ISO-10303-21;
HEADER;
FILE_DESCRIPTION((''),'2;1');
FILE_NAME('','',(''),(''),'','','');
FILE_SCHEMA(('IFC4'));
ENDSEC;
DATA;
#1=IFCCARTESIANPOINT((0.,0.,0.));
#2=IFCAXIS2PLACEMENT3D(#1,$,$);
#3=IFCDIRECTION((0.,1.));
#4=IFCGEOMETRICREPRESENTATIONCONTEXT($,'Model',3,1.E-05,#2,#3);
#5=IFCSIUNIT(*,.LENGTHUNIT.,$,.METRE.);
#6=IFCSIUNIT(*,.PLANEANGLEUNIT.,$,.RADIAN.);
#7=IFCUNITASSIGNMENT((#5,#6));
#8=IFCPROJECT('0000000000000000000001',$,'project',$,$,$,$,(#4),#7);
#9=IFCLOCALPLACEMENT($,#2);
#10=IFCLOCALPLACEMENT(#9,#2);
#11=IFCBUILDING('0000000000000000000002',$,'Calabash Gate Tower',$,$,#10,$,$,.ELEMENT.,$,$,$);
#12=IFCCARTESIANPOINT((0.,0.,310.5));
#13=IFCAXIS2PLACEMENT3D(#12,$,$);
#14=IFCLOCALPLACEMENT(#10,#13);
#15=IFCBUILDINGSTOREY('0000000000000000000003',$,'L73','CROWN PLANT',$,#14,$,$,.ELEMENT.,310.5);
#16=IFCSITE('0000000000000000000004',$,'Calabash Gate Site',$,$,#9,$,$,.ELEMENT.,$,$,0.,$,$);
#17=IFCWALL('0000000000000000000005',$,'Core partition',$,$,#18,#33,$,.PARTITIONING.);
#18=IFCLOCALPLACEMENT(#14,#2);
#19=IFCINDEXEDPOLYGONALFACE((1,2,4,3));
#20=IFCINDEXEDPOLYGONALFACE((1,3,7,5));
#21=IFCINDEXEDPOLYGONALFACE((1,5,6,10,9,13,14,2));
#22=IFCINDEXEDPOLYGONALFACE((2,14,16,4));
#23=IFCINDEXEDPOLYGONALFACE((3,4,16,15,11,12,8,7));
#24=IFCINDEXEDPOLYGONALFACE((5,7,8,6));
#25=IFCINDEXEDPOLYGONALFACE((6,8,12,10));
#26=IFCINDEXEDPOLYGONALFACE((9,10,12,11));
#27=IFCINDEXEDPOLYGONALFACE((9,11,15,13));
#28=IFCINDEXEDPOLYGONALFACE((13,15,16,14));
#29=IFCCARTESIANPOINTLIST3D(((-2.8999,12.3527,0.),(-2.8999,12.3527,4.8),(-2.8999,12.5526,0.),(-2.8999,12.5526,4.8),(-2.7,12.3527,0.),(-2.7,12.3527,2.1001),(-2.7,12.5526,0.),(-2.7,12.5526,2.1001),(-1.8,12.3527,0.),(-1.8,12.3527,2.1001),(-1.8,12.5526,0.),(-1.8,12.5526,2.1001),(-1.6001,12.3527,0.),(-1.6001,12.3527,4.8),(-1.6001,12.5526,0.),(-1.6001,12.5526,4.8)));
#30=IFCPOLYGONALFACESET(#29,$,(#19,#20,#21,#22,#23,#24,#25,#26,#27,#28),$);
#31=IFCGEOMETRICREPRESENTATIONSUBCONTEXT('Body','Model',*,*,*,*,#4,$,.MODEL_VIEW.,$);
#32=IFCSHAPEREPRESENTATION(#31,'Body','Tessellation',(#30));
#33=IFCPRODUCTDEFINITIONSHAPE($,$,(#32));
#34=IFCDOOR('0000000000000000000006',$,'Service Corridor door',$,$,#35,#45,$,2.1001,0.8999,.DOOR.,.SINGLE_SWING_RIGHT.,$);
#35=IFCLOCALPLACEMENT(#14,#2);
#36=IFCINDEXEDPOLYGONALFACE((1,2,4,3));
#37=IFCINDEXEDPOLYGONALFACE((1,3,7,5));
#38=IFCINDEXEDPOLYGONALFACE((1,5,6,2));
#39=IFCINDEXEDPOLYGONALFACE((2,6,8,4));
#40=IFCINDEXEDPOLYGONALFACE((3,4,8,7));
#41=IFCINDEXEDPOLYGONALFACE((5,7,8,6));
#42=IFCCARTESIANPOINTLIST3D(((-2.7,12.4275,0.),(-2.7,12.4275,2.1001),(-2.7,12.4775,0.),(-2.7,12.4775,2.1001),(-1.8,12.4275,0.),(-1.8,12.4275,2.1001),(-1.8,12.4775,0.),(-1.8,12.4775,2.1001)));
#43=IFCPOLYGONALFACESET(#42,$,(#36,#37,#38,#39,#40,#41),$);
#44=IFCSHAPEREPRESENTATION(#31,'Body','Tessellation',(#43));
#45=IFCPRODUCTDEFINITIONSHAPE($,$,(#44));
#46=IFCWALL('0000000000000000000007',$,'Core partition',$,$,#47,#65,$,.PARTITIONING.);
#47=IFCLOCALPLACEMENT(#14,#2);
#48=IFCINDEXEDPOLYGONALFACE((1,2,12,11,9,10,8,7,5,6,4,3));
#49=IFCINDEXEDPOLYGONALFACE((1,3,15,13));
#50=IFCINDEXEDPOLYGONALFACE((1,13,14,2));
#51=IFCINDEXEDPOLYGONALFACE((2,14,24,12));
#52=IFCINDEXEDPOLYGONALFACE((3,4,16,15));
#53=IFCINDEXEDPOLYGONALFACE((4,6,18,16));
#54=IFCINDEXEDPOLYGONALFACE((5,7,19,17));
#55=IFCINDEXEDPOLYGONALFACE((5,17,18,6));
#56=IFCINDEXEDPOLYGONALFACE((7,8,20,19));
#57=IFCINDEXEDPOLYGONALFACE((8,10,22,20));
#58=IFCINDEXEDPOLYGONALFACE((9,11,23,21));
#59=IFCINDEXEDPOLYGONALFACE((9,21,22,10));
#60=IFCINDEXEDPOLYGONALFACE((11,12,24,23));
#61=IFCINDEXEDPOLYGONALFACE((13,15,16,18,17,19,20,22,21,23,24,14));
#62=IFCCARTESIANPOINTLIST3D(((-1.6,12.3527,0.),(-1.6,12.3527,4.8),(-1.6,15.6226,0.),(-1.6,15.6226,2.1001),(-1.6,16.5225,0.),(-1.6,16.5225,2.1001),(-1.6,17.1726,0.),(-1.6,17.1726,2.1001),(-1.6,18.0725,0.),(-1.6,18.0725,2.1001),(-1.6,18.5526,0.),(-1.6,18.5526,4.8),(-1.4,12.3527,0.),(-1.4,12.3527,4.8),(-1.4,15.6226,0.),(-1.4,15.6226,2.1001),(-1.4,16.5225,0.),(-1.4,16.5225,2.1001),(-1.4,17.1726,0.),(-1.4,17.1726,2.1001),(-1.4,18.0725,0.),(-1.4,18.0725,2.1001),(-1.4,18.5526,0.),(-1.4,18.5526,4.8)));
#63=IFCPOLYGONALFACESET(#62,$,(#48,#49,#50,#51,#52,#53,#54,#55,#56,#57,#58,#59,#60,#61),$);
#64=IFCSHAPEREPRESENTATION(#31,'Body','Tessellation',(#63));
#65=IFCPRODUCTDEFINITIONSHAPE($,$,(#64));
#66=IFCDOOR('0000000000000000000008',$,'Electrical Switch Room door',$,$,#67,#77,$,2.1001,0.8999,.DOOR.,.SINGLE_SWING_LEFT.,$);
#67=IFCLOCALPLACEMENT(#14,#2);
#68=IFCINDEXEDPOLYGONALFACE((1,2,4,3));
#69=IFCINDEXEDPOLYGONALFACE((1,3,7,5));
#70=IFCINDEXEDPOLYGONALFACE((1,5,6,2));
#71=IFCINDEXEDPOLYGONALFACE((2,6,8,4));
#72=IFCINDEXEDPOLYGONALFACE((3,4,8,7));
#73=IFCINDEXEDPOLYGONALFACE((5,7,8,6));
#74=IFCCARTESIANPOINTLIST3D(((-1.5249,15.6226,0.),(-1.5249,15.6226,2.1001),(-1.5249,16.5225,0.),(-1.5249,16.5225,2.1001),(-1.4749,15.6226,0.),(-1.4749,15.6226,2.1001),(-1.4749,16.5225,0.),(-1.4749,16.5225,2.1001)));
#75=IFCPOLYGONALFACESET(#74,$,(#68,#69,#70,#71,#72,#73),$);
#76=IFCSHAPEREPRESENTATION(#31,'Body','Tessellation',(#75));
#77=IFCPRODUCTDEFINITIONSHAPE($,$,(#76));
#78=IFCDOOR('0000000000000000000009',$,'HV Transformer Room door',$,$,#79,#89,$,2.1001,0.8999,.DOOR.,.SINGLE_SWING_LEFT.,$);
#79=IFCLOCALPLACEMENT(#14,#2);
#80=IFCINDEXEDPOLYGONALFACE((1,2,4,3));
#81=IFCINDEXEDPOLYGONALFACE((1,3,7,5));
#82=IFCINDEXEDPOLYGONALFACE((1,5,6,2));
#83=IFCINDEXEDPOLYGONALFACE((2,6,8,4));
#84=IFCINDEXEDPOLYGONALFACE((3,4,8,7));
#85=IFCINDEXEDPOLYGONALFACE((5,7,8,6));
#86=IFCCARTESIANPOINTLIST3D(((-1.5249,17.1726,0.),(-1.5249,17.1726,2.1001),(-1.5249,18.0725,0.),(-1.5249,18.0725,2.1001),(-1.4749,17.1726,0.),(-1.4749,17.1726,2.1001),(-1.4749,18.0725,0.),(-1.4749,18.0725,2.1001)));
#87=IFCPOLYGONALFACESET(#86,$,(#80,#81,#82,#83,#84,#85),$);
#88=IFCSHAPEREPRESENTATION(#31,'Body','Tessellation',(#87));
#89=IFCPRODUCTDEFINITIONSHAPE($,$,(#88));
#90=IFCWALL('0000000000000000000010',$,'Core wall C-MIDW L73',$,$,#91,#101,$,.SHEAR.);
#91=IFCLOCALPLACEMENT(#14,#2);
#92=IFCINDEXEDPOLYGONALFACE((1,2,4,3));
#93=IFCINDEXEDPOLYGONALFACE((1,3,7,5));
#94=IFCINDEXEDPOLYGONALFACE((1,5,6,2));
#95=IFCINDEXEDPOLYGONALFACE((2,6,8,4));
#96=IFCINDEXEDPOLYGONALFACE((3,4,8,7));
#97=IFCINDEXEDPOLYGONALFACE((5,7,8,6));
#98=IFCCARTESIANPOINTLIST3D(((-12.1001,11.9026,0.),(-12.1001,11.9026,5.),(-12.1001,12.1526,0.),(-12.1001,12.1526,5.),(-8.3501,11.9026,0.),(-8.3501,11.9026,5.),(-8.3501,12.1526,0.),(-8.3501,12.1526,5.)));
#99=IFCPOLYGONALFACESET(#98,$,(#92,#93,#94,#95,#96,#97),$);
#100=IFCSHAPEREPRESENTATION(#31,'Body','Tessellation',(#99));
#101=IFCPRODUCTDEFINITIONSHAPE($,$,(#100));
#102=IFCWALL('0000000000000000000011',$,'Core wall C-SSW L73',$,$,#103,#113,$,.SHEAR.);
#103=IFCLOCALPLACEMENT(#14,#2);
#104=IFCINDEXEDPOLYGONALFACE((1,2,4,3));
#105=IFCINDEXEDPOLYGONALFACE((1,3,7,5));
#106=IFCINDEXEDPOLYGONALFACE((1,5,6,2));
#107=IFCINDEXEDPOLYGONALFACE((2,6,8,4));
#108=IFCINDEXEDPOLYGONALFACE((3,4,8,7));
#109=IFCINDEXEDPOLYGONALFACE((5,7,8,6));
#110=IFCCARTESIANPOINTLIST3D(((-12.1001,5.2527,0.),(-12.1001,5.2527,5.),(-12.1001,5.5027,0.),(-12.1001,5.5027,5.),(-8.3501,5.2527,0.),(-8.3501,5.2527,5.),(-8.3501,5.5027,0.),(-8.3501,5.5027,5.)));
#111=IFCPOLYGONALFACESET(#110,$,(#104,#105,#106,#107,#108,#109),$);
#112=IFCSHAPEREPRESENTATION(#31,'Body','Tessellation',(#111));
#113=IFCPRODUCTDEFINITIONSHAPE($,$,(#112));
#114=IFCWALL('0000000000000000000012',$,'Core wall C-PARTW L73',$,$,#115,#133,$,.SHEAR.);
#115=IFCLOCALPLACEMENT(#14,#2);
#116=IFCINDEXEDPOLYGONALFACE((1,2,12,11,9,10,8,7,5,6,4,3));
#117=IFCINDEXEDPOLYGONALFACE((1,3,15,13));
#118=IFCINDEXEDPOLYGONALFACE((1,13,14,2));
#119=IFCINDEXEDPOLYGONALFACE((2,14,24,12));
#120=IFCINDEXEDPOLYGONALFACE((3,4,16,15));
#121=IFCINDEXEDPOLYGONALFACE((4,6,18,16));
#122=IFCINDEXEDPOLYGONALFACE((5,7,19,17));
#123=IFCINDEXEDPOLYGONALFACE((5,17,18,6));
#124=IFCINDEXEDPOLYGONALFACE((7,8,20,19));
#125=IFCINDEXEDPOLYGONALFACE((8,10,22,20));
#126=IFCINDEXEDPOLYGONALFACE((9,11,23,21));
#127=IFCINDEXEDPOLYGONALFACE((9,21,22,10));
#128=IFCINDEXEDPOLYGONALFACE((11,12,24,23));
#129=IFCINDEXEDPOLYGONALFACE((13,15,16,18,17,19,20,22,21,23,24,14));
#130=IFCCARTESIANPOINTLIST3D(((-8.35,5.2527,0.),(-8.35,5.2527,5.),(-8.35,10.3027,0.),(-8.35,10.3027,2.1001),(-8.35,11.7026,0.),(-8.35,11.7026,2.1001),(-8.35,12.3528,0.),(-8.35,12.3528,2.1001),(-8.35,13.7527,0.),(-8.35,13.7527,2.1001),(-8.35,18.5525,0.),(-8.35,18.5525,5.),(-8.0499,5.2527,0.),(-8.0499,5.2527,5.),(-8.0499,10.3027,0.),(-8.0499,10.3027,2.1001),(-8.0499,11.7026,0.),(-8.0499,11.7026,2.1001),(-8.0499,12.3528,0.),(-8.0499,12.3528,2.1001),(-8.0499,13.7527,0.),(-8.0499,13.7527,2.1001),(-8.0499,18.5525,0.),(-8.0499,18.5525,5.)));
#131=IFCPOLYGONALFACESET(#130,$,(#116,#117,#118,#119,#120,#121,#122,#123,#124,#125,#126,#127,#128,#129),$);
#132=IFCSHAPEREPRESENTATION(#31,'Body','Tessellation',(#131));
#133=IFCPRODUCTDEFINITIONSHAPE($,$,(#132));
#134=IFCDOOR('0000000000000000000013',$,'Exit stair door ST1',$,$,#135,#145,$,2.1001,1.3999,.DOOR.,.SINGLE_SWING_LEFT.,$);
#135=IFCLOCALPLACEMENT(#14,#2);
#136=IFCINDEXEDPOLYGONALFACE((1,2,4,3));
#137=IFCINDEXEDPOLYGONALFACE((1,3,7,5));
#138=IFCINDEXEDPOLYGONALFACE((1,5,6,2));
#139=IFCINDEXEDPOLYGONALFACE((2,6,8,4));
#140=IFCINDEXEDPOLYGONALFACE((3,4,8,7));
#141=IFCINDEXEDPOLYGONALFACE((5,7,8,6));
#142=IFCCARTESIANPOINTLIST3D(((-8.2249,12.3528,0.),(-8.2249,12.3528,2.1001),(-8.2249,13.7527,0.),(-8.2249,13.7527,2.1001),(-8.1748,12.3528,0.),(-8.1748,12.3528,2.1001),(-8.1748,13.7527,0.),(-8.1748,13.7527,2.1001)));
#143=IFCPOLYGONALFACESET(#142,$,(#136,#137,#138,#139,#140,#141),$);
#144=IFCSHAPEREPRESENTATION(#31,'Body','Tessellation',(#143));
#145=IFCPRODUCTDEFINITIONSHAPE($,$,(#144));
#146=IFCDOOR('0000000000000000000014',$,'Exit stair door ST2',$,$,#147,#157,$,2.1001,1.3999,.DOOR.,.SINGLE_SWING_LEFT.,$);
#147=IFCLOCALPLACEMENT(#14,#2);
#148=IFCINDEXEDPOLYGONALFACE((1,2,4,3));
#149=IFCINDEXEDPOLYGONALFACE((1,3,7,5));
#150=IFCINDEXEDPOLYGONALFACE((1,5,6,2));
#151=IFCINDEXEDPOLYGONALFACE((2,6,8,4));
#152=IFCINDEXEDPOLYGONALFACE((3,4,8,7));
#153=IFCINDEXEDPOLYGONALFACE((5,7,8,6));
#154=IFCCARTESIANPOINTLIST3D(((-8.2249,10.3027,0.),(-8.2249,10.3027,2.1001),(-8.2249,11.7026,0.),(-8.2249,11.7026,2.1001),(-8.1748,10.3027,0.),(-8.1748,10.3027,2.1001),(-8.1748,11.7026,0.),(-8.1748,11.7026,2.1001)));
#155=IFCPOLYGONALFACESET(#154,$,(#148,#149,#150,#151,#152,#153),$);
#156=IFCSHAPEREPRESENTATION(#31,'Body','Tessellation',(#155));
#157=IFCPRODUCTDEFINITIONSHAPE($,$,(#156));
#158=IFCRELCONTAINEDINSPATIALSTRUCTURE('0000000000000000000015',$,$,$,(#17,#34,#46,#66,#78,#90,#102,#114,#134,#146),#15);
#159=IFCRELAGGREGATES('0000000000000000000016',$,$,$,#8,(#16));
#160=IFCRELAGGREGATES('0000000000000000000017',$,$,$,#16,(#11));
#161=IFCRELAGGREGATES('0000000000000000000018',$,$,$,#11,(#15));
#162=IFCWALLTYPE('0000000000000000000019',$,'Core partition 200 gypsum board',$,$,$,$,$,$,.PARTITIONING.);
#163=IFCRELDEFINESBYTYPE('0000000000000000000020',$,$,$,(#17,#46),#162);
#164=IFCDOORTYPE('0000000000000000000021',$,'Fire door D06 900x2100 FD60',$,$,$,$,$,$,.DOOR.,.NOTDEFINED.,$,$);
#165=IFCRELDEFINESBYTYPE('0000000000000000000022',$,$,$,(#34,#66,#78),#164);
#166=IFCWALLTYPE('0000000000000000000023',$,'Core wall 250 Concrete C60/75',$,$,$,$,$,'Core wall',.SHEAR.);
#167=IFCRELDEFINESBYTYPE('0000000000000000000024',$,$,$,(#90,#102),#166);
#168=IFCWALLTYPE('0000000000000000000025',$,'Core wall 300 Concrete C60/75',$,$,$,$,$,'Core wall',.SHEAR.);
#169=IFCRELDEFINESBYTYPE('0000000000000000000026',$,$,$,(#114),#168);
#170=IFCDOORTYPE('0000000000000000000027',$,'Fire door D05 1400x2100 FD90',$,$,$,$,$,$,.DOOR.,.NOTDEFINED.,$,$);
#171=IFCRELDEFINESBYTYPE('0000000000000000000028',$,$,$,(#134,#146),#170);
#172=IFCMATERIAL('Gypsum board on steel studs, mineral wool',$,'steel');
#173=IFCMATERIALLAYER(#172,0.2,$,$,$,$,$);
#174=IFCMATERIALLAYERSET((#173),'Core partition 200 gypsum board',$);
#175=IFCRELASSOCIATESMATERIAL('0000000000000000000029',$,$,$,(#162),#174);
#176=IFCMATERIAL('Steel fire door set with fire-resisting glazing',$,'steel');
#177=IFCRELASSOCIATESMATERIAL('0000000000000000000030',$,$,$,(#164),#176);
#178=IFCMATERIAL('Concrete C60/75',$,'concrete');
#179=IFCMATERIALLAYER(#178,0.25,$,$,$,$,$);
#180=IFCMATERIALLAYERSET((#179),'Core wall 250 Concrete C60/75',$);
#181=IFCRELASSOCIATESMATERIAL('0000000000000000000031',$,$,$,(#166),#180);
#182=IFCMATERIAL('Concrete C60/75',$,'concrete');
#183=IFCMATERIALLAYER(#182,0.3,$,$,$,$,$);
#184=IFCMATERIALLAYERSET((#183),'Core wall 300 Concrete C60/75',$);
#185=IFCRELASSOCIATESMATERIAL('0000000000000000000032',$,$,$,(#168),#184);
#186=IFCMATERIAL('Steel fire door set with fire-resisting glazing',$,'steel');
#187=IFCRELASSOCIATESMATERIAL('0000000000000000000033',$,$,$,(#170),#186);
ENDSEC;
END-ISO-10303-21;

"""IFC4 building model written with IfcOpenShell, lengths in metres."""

from ifc_helpers import new_model, si_unit, direction, frame, frame_2d, origin, place, context, subcontext, project, spatial, rectangle, extrude, material, layer, layer_set, type_object, element, fill, save


model = new_model("IFC4")

# Units and contexts
model_context = context("Model", 3, precision=1e-05, world=origin(), true_north=direction((0.0, 1.0)))
body_context = subcontext(model_context, "Body", "Model", "MODEL_VIEW")
ifc_project = project(units=[si_unit("LENGTHUNIT", "METRE"), si_unit("PLANEANGLEUNIT", "RADIAN")], contexts=[model_context])

# Site, building, storey
site_placement = place(None, origin())
site = spatial("IfcSite", under=ifc_project, at=site_placement, Name="Calabash Gate Site", CompositionType="ELEMENT", RefElevation=0.0)
building_placement = place(site_placement, origin())
building = spatial("IfcBuilding", under=site, at=building_placement, Name="Calabash Gate Tower", CompositionType="ELEMENT")
storey_placement = place(building_placement, frame((0.0, 0.0, 310.5)))
storey = spatial("IfcBuildingStorey", under=building, at=storey_placement, Name="L73", Description="CROWN PLANT", CompositionType="ELEMENT", Elevation=310.5)

# Shared definitions
ifc_material_1 = material(Name="Gypsum board on steel studs, mineral wool", Category="steel")
ifc_layer_1 = layer(ifc_material_1, 0.2)
ifc_layer_set_1 = layer_set([ifc_layer_1], Name="Core partition 200 gypsum board")
wall_type_1 = type_object("IfcWallType", Name="Core partition 200 gypsum board", PredefinedType="PARTITIONING", material=ifc_layer_set_1)

# Shared definitions
ifc_material_2 = material(Name="Steel fire door set with fire-resisting glazing", Category="steel")
door_type_1 = type_object("IfcDoorType", Name="Fire door D06 900x2100 FD60", OperationType="NOTDEFINED", PredefinedType="DOOR", material=ifc_material_2)

# Wall, opening, door
wall_1_placement = place(storey_placement, frame((-2.8999, 12.4526, 0.0), z_axis=(0.0, 0.0, 1.0), x_axis=(1.0, 0.0, 0.0)))
wall_1 = element("IfcWall", 1, at=wall_1_placement, inside=storey, type_object=wall_type_1, Name="Core partition", PredefinedType="PARTITIONING", context=body_context, shape_type="SweptSolid", body=[
    extrude(rectangle(XDim=1.2998, YDim=0.2, at=frame_2d((0.6499, 0.0))), origin(), (0.0, 0.0, 1.0), 4.8),
])
opening_1_placement = place(wall_1_placement, frame((0.2, 0.0, 0.0)))
opening_1 = element("IfcOpeningElement", 2, at=opening_1_placement, cuts=wall_1, PredefinedType="OPENING", context=body_context, shape_type="SweptSolid", body=[
    extrude(rectangle(XDim=0.8999, YDim=2.1001, at=frame_2d((0.45, 1.05))), frame((0.0, 0.1099, 0.0), z_axis=(0.0, -1.0, 0.0), x_axis=(1.0, 0.0, 0.0)), (0.0, 0.0, 1.0), 0.22),
])
door_1_placement = place(opening_1_placement, origin())
door_1 = element("IfcDoor", 3, at=door_1_placement, inside=storey, type_object=door_type_1, Name="Service Corridor door", OperationType="SINGLE_SWING_RIGHT", OverallHeight=2.1001, OverallWidth=0.8999, PredefinedType="DOOR", context=body_context, shape_type="SweptSolid", body=[
    extrude(rectangle(XDim=0.8999, YDim=2.1001, at=frame_2d((0.45, 1.05))), frame((0.0, 0.0249, 0.0), z_axis=(0.0, -1.0, 0.0), x_axis=(1.0, 0.0, 0.0)), (0.0, 0.0, 1.0), 0.05),
])
fill(opening_1, door_1)

# Wall, openings, doors
wall_2_placement = place(storey_placement, frame((-1.5, 12.3525, 0.0), z_axis=(0.0, 0.0, 1.0), x_axis=(0.0, 1.0, 0.0)))
wall_2 = element("IfcWall", 4, at=wall_2_placement, inside=storey, type_object=wall_type_1, Name="Core partition", PredefinedType="PARTITIONING", context=body_context, shape_type="SweptSolid", body=[
    extrude(rectangle(XDim=6.2, YDim=0.2, at=frame_2d((3.1001, 0.0))), origin(), (0.0, 0.0, 1.0), 4.8),
])
opening_2_placement = place(wall_2_placement, frame((3.27, 0.0, 0.0)))
opening_2 = element("IfcOpeningElement", 5, at=opening_2_placement, cuts=wall_2, PredefinedType="OPENING", context=body_context, shape_type="SweptSolid", body=[
    extrude(rectangle(XDim=0.8999, YDim=2.1001, at=frame_2d((0.45, 1.05))), frame((0.0, 0.1099, 0.0), z_axis=(0.0, -1.0, 0.0), x_axis=(1.0, 0.0, 0.0)), (0.0, 0.0, 1.0), 0.22),
])
opening_3_placement = place(wall_2_placement, frame((4.8201, 0.0, 0.0)))
opening_3 = element("IfcOpeningElement", 6, at=opening_3_placement, cuts=wall_2, PredefinedType="OPENING", context=body_context, shape_type="SweptSolid", body=[
    extrude(rectangle(XDim=0.8999, YDim=2.1001, at=frame_2d((0.45, 1.05))), frame((0.0, 0.1099, 0.0), z_axis=(0.0, -1.0, 0.0), x_axis=(1.0, 0.0, 0.0)), (0.0, 0.0, 1.0), 0.22),
])
door_2_placement = place(opening_2_placement, origin())
door_2 = element("IfcDoor", 7, at=door_2_placement, inside=storey, type_object=door_type_1, Name="Electrical Switch Room door", OperationType="SINGLE_SWING_LEFT", OverallHeight=2.1001, OverallWidth=0.8999, PredefinedType="DOOR", context=body_context, shape_type="SweptSolid", body=[
    extrude(rectangle(XDim=0.8999, YDim=2.1001, at=frame_2d((0.45, 1.05))), frame((0.0, 0.0249, 0.0), z_axis=(0.0, -1.0, 0.0), x_axis=(1.0, 0.0, 0.0)), (0.0, 0.0, 1.0), 0.05),
])
fill(opening_2, door_2)
door_3_placement = place(opening_3_placement, origin())
door_3 = element("IfcDoor", 8, at=door_3_placement, inside=storey, type_object=door_type_1, Name="HV Transformer Room door", OperationType="SINGLE_SWING_LEFT", OverallHeight=2.1001, OverallWidth=0.8999, PredefinedType="DOOR", context=body_context, shape_type="SweptSolid", body=[
    extrude(rectangle(XDim=0.8999, YDim=2.1001, at=frame_2d((0.45, 1.05))), frame((0.0, 0.0249, 0.0), z_axis=(0.0, -1.0, 0.0), x_axis=(1.0, 0.0, 0.0)), (0.0, 0.0, 1.0), 0.05),
])
fill(opening_3, door_3)

# Walls
ifc_material_3 = material(Name="Concrete C60/75", Category="concrete")
ifc_layer_2 = layer(ifc_material_3, 0.25)
ifc_layer_set_2 = layer_set([ifc_layer_2], Name="Core wall 250 Concrete C60/75")
wall_type_2 = type_object("IfcWallType", Name="Core wall 250 Concrete C60/75", ElementType="Core wall", PredefinedType="SHEAR", material=ifc_layer_set_2)
for number, where, z_axis, x_axis, name in (
    (9, (-12.1001, 12.0276, 0.0), (0.0, 0.0, 1.0), (1.0, 0.0, 0.0), "Core wall C-MIDW L73"),
    (10, (-12.1001, 5.3777, 0.0), (0.0, 0.0, 1.0), (1.0, 0.0, 0.0), "Core wall C-SSW L73"),
):
    element("IfcWall", number, at=place(storey_placement, frame(where, z_axis=z_axis, x_axis=x_axis)), inside=storey, type_object=wall_type_2, Name=name, PredefinedType="SHEAR", context=body_context, shape_type="SweptSolid", body=[
        extrude(rectangle(XDim=3.75, YDim=0.25, at=frame_2d((1.875, 0.0))), origin(), (0.0, 0.0, 1.0), 5.0),
    ])

# Wall, openings, doors
ifc_material_4 = material(Name="Concrete C60/75", Category="concrete")
ifc_layer_3 = layer(ifc_material_4, 0.3)
ifc_layer_set_3 = layer_set([ifc_layer_3], Name="Core wall 300 Concrete C60/75")
wall_type_3 = type_object("IfcWallType", Name="Core wall 300 Concrete C60/75", ElementType="Core wall", PredefinedType="SHEAR", material=ifc_layer_set_3)
wall_3_placement = place(storey_placement, frame((-8.2, 5.2527, 0.0), z_axis=(0.0, 0.0, 1.0), x_axis=(0.0, 1.0, 0.0)))
wall_3 = element("IfcWall", 11, at=wall_3_placement, inside=storey, type_object=wall_type_3, Name="Core wall C-PARTW L73", PredefinedType="SHEAR", context=body_context, shape_type="SweptSolid", body=[
    extrude(rectangle(XDim=13.2998, YDim=0.3, at=frame_2d((6.6499, 0.0))), origin(), (0.0, 0.0, 1.0), 5.0),
])
opening_4_placement = place(wall_3_placement, frame((7.1001, 0.0, 0.0)))
opening_4 = element("IfcOpeningElement", 12, at=opening_4_placement, cuts=wall_3, PredefinedType="OPENING", context=body_context, shape_type="SweptSolid", body=[
    extrude(rectangle(XDim=1.3999, YDim=2.1001, at=frame_2d((0.7, 1.05))), frame((0.0, 0.1599, 0.0), z_axis=(0.0, -1.0, 0.0), x_axis=(1.0, 0.0, 0.0)), (0.0, 0.0, 1.0), 0.3201),
])
opening_5_placement = place(wall_3_placement, frame((5.05, 0.0, 0.0)))
opening_5 = element("IfcOpeningElement", 13, at=opening_5_placement, cuts=wall_3, PredefinedType="OPENING", context=body_context, shape_type="SweptSolid", body=[
    extrude(rectangle(XDim=1.3999, YDim=2.1001, at=frame_2d((0.7, 1.05))), frame((0.0, 0.1599, 0.0), z_axis=(0.0, -1.0, 0.0), x_axis=(1.0, 0.0, 0.0)), (0.0, 0.0, 1.0), 0.3201),
])
ifc_material_5 = material(Name="Steel fire door set with fire-resisting glazing", Category="steel")
door_type_2 = type_object("IfcDoorType", Name="Fire door D05 1400x2100 FD90", OperationType="NOTDEFINED", PredefinedType="DOOR", material=ifc_material_5)
door_4_placement = place(opening_4_placement, origin())
door_4 = element("IfcDoor", 14, at=door_4_placement, inside=storey, type_object=door_type_2, Name="Exit stair door ST1", OperationType="SINGLE_SWING_LEFT", OverallHeight=2.1001, OverallWidth=1.3999, PredefinedType="DOOR", context=body_context, shape_type="SweptSolid", body=[
    extrude(rectangle(XDim=1.3999, YDim=2.1001, at=frame_2d((0.7, 1.05))), frame((0.0, 0.0249, 0.0), z_axis=(0.0, -1.0, 0.0), x_axis=(1.0, 0.0, 0.0)), (0.0, 0.0, 1.0), 0.05),
])
fill(opening_4, door_4)
door_5_placement = place(opening_5_placement, origin())
door_5 = element("IfcDoor", 15, at=door_5_placement, inside=storey, type_object=door_type_2, Name="Exit stair door ST2", OperationType="SINGLE_SWING_LEFT", OverallHeight=2.1001, OverallWidth=1.3999, PredefinedType="DOOR", context=body_context, shape_type="SweptSolid", body=[
    extrude(rectangle(XDim=1.3999, YDim=2.1001, at=frame_2d((0.7, 1.05))), frame((0.0, 0.0249, 0.0), z_axis=(0.0, -1.0, 0.0), x_axis=(1.0, 0.0, 0.0)), (0.0, 0.0, 1.0), 0.05),
])
fill(opening_5, door_5)

save(model, "model.ifc")
